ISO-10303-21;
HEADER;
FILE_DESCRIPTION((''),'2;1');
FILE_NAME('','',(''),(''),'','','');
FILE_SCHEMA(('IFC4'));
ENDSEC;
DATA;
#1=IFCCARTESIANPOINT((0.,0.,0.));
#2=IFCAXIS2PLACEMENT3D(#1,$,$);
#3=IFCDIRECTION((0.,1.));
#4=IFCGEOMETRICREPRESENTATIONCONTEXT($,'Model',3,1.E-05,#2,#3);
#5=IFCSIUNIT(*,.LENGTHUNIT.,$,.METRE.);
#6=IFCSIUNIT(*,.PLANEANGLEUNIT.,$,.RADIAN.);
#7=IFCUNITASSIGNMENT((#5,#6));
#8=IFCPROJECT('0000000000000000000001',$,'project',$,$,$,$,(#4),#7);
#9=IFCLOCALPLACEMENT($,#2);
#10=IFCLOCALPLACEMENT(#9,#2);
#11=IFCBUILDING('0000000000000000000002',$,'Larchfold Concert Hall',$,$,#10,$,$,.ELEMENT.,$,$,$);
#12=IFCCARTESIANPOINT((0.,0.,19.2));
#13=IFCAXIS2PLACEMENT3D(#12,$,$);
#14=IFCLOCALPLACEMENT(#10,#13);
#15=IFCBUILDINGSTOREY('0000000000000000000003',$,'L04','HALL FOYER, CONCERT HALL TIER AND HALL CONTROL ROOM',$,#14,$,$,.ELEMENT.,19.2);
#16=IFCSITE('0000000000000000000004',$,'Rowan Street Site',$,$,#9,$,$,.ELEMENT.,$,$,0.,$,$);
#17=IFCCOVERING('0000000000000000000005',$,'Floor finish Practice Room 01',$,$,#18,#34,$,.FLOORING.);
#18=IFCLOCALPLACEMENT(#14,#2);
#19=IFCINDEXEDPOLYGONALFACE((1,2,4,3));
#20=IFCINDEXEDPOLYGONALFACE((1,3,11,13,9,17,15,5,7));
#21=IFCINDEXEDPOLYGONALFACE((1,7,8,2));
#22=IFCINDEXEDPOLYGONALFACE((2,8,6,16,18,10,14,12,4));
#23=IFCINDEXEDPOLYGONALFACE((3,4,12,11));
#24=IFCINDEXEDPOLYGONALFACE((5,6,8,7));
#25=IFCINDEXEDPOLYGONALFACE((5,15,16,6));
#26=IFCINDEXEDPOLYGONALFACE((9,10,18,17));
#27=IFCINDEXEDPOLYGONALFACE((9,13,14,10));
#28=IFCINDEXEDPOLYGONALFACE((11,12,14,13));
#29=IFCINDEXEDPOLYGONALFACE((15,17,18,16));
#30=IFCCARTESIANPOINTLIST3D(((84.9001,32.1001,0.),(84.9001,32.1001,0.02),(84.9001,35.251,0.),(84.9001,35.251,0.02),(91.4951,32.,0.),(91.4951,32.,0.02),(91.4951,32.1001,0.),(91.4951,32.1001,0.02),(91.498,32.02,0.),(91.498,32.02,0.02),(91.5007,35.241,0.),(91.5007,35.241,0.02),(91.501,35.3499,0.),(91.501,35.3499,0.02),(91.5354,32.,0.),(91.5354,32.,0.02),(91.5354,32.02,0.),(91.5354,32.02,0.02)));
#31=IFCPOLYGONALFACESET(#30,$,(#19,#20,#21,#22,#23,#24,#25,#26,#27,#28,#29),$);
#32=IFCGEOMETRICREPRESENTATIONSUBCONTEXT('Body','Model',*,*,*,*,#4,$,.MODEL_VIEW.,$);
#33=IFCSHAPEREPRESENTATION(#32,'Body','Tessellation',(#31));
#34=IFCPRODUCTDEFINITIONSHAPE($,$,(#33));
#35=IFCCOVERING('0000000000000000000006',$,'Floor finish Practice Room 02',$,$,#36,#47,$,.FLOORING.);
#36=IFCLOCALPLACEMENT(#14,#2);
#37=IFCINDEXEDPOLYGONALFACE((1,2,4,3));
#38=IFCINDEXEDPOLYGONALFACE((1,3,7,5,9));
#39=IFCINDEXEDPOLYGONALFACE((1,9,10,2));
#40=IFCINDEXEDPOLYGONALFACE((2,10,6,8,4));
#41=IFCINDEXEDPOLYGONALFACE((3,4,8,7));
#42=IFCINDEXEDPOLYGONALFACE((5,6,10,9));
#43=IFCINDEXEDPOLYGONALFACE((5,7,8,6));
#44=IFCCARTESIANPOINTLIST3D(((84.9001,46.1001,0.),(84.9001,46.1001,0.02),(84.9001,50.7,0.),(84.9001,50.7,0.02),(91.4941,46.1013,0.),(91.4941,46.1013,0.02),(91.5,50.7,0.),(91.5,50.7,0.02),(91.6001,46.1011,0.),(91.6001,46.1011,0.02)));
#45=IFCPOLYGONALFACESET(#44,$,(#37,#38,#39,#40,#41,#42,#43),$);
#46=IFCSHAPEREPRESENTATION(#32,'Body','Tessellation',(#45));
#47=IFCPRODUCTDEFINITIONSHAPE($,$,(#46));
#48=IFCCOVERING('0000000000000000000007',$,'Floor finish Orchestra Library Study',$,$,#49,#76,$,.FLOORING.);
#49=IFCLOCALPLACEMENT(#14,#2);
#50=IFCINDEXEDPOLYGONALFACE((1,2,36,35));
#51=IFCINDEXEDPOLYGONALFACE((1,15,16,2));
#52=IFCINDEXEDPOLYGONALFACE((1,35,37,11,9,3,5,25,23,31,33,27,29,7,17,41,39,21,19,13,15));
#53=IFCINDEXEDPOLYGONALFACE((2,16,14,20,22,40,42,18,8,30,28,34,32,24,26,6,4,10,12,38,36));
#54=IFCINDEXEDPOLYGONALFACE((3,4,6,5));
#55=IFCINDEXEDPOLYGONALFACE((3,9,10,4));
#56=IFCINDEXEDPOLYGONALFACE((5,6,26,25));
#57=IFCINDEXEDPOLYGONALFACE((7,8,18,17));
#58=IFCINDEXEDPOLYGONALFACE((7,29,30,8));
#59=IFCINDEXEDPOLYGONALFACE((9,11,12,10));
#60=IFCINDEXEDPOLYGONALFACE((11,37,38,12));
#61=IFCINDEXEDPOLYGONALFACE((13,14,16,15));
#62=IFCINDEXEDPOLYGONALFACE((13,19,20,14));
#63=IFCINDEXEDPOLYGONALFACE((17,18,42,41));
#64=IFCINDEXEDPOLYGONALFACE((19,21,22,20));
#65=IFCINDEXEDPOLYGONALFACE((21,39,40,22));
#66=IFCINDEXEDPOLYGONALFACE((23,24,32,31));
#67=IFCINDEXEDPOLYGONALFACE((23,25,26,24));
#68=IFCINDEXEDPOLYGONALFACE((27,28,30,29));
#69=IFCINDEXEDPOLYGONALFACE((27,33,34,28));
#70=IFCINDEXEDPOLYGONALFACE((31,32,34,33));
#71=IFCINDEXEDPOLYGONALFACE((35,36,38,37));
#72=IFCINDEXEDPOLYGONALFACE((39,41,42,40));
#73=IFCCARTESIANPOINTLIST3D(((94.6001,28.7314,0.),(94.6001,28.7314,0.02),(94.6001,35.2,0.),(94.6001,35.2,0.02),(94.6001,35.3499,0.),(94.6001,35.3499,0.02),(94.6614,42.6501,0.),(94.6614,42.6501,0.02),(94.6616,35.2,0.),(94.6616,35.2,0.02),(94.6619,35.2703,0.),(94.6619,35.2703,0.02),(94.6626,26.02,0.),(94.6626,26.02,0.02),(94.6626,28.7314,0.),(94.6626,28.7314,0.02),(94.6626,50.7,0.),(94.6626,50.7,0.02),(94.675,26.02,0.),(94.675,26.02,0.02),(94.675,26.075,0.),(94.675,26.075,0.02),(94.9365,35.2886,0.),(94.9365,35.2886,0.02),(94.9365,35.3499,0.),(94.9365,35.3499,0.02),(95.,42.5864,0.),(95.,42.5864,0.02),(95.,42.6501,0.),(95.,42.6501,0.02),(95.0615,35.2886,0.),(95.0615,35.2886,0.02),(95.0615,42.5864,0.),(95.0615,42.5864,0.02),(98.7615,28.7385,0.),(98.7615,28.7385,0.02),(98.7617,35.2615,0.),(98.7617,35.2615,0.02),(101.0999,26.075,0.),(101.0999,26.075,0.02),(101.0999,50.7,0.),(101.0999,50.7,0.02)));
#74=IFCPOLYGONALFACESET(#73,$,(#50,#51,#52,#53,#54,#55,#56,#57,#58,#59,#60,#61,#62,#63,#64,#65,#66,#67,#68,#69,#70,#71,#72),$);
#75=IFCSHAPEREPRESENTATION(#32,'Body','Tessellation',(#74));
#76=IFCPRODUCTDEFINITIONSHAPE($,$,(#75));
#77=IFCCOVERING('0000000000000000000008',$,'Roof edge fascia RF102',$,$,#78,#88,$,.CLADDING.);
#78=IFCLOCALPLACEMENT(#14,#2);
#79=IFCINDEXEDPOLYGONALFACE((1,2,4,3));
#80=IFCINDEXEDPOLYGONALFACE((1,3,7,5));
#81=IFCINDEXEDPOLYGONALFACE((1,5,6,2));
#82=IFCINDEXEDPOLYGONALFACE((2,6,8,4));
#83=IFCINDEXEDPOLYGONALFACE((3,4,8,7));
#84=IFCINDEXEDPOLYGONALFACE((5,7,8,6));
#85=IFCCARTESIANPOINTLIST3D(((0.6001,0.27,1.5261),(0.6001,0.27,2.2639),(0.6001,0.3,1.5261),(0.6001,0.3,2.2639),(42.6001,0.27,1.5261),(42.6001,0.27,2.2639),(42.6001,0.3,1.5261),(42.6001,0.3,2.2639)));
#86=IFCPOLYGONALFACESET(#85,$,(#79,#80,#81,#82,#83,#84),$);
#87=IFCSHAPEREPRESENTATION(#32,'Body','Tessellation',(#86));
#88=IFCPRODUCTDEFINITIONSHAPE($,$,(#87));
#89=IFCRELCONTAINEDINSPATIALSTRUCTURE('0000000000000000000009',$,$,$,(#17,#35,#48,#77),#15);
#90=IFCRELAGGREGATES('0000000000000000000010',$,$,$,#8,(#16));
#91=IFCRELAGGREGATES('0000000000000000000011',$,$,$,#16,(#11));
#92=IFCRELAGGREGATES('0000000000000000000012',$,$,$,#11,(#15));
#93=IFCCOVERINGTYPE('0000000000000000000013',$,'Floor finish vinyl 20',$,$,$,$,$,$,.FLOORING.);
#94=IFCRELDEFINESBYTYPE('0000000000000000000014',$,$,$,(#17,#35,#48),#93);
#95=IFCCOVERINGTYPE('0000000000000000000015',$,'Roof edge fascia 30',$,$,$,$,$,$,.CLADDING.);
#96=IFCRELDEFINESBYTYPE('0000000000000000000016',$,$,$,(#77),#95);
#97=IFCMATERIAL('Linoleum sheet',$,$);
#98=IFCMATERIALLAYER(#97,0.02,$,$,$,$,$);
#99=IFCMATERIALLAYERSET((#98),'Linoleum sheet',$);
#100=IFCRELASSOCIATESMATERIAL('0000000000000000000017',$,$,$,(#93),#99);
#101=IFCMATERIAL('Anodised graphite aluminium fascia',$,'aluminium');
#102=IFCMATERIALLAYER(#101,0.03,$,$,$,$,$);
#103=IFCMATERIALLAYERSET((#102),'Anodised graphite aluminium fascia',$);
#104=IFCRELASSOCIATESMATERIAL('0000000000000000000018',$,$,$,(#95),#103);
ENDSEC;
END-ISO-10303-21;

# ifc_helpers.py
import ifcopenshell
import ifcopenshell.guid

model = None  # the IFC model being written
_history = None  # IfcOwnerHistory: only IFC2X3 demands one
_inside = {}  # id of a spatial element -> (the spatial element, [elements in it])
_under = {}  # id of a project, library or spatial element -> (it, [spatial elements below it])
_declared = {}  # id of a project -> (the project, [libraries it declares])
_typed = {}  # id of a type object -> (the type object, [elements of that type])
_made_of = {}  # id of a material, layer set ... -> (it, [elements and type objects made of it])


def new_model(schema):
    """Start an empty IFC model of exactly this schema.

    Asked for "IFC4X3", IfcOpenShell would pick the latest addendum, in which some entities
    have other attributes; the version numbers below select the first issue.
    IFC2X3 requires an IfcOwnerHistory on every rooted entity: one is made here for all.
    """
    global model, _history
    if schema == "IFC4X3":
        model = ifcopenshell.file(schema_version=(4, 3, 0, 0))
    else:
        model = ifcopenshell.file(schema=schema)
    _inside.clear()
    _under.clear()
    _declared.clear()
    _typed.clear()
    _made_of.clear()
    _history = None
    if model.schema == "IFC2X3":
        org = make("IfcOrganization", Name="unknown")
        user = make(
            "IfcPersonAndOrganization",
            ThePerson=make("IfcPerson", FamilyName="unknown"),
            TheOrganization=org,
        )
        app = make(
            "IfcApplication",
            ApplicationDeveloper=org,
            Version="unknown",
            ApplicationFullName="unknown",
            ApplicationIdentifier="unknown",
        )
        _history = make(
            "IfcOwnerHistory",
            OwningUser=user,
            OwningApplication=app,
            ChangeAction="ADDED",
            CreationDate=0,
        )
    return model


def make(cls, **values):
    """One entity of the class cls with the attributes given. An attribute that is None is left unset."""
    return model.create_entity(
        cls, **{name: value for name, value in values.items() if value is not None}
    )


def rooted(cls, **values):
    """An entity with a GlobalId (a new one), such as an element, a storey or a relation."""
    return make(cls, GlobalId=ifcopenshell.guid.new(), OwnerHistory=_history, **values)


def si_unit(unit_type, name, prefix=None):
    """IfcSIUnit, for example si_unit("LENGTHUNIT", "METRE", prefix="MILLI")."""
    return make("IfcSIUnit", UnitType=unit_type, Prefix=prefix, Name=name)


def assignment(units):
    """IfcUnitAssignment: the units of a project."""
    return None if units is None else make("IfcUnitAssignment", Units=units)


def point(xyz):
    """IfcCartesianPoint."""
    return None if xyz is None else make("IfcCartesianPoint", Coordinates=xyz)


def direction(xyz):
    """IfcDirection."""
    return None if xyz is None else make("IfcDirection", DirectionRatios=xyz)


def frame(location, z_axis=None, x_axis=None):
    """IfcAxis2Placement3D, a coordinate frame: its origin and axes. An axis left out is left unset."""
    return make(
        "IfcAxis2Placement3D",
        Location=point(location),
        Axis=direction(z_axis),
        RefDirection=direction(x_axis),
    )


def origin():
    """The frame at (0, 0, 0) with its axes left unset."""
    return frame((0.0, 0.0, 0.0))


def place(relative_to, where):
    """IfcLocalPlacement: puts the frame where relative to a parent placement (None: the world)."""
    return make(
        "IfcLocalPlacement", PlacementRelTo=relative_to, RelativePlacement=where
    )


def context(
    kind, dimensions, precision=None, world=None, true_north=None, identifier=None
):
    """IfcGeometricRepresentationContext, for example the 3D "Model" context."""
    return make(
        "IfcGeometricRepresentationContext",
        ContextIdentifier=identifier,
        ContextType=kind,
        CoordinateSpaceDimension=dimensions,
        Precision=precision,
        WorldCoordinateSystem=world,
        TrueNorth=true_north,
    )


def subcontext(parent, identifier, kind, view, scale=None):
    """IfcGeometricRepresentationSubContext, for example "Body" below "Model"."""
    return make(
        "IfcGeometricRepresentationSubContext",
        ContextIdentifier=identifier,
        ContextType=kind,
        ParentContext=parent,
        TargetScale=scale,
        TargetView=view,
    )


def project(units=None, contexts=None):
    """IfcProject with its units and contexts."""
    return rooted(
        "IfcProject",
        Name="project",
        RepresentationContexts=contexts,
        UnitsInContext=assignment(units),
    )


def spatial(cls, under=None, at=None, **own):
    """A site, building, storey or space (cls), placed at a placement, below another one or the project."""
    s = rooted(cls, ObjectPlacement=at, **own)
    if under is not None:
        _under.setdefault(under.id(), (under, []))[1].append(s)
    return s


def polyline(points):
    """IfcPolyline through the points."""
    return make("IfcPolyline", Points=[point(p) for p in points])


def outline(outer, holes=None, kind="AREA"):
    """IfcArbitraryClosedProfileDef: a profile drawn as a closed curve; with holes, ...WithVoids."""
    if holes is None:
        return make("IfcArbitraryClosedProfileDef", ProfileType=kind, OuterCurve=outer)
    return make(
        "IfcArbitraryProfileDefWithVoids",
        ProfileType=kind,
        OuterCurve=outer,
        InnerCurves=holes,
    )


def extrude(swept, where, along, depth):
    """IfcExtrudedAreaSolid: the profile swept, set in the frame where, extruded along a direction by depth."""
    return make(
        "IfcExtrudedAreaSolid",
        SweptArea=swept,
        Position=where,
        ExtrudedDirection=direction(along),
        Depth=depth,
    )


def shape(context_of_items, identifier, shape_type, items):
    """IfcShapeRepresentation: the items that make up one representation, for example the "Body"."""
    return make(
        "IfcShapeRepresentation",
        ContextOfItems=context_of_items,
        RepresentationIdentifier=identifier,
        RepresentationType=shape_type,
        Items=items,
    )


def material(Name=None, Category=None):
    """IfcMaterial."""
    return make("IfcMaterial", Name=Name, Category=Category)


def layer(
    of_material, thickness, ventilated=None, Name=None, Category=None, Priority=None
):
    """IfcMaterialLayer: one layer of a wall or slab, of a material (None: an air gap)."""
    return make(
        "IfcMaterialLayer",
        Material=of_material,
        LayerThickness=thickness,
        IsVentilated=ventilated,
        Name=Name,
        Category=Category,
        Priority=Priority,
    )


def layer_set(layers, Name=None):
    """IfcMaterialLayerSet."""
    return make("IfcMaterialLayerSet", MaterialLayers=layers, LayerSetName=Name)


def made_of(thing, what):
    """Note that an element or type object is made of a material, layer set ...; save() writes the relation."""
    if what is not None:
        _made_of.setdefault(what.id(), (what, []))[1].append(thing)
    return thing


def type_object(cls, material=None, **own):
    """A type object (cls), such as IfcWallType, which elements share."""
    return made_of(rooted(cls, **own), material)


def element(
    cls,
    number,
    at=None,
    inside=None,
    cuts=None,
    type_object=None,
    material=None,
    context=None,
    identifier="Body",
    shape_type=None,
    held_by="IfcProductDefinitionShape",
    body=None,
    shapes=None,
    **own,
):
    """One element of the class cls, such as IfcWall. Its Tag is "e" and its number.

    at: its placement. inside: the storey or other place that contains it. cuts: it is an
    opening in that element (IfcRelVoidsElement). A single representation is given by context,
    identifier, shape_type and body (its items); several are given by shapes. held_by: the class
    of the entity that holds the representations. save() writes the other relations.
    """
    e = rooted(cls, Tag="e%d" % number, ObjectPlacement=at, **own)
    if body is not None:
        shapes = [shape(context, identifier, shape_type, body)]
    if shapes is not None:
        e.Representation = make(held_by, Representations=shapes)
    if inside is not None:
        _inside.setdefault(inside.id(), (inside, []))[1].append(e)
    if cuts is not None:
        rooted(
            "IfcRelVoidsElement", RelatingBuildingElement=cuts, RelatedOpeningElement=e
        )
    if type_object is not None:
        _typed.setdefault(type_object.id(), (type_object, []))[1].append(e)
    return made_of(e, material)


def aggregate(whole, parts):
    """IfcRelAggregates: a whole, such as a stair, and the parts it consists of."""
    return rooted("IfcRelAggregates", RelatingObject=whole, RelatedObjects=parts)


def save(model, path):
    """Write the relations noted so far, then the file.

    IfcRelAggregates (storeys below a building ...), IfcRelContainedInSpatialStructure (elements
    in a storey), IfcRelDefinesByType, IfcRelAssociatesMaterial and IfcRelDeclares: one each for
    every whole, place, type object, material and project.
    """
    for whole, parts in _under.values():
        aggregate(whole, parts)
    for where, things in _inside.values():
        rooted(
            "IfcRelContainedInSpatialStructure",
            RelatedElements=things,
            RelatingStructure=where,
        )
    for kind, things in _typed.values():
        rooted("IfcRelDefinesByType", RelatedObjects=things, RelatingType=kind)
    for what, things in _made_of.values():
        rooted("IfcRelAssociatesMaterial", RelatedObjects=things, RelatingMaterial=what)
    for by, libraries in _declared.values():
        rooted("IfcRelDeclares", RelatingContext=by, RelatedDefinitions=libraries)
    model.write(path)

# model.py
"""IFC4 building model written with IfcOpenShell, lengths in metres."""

from ifc_helpers import new_model, si_unit, direction, frame, origin, place, context, subcontext, project, spatial, polyline, outline, extrude, material, layer, layer_set, type_object, element, save


model = new_model("IFC4")

# Units and contexts
model_context = context("Model", 3, precision=1e-05, world=origin(), true_north=direction((0.0, 1.0)))
body_context = subcontext(model_context, "Body", "Model", "MODEL_VIEW")
ifc_project = project(units=[si_unit("LENGTHUNIT", "METRE"), si_unit("PLANEANGLEUNIT", "RADIAN")], contexts=[model_context])

# Site, building, storey
site_placement = place(None, origin())
site = spatial("IfcSite", under=ifc_project, at=site_placement, Name="Rowan Street Site", CompositionType="ELEMENT", RefElevation=0.0)
building_placement = place(site_placement, origin())
building = spatial("IfcBuilding", under=site, at=building_placement, Name="Larchfold Concert Hall", CompositionType="ELEMENT")
storey_placement = place(building_placement, frame((0.0, 0.0, 19.2)))
storey = spatial("IfcBuildingStorey", under=building, at=storey_placement, Name="L04", Description="HALL FOYER, CONCERT HALL TIER AND HALL CONTROL ROOM", CompositionType="ELEMENT", Elevation=19.2)

# Coverings
ifc_material_1 = material(Name="Linoleum sheet")
ifc_layer_1 = layer(ifc_material_1, 0.02)
ifc_layer_set_1 = layer_set([ifc_layer_1], Name="Linoleum sheet")
covering_type_1 = type_object("IfcCoveringType", Name="Floor finish vinyl 20", PredefinedType="FLOORING", material=ifc_layer_set_1)
covering_1_placement = place(storey_placement, origin())
element("IfcCovering", 1, at=covering_1_placement, inside=storey, type_object=covering_type_1, Name="Floor finish Practice Room 01", PredefinedType="FLOORING", context=body_context, shape_type="SweptSolid", body=[
    extrude(outline(polyline([(91.4951, 32.1001), (91.4951, 32.0), (91.5354, 32.0), (91.5354, 32.02), (91.498, 32.02), (91.501, 35.3499), (91.5007, 35.241), (84.9001, 35.251), (84.9001, 32.1001), (91.4951, 32.1001)])), origin(), (0.0, 0.0, 1.0), 0.02),
])
covering_2_placement = place(storey_placement, origin())
element("IfcCovering", 2, at=covering_2_placement, inside=storey, type_object=covering_type_1, Name="Floor finish Practice Room 02", PredefinedType="FLOORING", context=body_context, shape_type="SweptSolid", body=[
    extrude(outline(polyline([(84.9001, 50.7), (84.9001, 46.1001), (91.6001, 46.1011), (91.4941, 46.1013), (91.5, 50.7), (84.9001, 50.7)])), origin(), (0.0, 0.0, 1.0), 0.02),
])
covering_3_placement = place(storey_placement, origin())
element("IfcCovering", 3, at=covering_3_placement, inside=storey, type_object=covering_type_1, Name="Floor finish Orchestra Library Study", PredefinedType="FLOORING", context=body_context, shape_type="SweptSolid", body=[
    extrude(outline(polyline([(94.6001, 28.7314), (94.6626, 28.7314), (94.6626, 26.02), (94.675, 26.02), (94.675, 26.075), (101.0999, 26.075), (101.0999, 50.7), (94.6626, 50.7), (94.6614, 42.6501), (95.0, 42.6501), (95.0, 42.5864), (95.0615, 42.5864), (95.0615, 35.2886), (94.9365, 35.2886), (94.9365, 35.3499), (94.6001, 35.3499), (94.6001, 35.2), (94.6616, 35.2), (94.6619, 35.2703), (98.7617, 35.2615), (98.7615, 28.7385), (94.6001, 28.7314)])), origin(), (0.0, 0.0, 1.0), 0.02),
])
ifc_material_2 = material(Name="Anodised graphite aluminium fascia", Category="aluminium")
ifc_layer_2 = layer(ifc_material_2, 0.03)
ifc_layer_set_2 = layer_set([ifc_layer_2], Name="Anodised graphite aluminium fascia")
covering_type_2 = type_object("IfcCoveringType", Name="Roof edge fascia 30", PredefinedType="CLADDING", material=ifc_layer_set_2)
covering_4_placement = place(storey_placement, frame((0.6001, 0.27, 1.5261), z_axis=(0.0, -1.0, 0.0), x_axis=(1.0, 0.0, 0.0)))
element("IfcCovering", 4, at=covering_4_placement, inside=storey, type_object=covering_type_2, Name="Roof edge fascia RF102", PredefinedType="CLADDING", context=body_context, shape_type="SweptSolid", body=[
    extrude(outline(polyline([(0.0, 0.0), (42.0, 0.0), (42.0, 0.7378), (0.0, 0.7378), (0.0, 0.0)])), origin(), (0.0, 0.0, -1.0), 0.03),
])

save(model, "model.ifc")
